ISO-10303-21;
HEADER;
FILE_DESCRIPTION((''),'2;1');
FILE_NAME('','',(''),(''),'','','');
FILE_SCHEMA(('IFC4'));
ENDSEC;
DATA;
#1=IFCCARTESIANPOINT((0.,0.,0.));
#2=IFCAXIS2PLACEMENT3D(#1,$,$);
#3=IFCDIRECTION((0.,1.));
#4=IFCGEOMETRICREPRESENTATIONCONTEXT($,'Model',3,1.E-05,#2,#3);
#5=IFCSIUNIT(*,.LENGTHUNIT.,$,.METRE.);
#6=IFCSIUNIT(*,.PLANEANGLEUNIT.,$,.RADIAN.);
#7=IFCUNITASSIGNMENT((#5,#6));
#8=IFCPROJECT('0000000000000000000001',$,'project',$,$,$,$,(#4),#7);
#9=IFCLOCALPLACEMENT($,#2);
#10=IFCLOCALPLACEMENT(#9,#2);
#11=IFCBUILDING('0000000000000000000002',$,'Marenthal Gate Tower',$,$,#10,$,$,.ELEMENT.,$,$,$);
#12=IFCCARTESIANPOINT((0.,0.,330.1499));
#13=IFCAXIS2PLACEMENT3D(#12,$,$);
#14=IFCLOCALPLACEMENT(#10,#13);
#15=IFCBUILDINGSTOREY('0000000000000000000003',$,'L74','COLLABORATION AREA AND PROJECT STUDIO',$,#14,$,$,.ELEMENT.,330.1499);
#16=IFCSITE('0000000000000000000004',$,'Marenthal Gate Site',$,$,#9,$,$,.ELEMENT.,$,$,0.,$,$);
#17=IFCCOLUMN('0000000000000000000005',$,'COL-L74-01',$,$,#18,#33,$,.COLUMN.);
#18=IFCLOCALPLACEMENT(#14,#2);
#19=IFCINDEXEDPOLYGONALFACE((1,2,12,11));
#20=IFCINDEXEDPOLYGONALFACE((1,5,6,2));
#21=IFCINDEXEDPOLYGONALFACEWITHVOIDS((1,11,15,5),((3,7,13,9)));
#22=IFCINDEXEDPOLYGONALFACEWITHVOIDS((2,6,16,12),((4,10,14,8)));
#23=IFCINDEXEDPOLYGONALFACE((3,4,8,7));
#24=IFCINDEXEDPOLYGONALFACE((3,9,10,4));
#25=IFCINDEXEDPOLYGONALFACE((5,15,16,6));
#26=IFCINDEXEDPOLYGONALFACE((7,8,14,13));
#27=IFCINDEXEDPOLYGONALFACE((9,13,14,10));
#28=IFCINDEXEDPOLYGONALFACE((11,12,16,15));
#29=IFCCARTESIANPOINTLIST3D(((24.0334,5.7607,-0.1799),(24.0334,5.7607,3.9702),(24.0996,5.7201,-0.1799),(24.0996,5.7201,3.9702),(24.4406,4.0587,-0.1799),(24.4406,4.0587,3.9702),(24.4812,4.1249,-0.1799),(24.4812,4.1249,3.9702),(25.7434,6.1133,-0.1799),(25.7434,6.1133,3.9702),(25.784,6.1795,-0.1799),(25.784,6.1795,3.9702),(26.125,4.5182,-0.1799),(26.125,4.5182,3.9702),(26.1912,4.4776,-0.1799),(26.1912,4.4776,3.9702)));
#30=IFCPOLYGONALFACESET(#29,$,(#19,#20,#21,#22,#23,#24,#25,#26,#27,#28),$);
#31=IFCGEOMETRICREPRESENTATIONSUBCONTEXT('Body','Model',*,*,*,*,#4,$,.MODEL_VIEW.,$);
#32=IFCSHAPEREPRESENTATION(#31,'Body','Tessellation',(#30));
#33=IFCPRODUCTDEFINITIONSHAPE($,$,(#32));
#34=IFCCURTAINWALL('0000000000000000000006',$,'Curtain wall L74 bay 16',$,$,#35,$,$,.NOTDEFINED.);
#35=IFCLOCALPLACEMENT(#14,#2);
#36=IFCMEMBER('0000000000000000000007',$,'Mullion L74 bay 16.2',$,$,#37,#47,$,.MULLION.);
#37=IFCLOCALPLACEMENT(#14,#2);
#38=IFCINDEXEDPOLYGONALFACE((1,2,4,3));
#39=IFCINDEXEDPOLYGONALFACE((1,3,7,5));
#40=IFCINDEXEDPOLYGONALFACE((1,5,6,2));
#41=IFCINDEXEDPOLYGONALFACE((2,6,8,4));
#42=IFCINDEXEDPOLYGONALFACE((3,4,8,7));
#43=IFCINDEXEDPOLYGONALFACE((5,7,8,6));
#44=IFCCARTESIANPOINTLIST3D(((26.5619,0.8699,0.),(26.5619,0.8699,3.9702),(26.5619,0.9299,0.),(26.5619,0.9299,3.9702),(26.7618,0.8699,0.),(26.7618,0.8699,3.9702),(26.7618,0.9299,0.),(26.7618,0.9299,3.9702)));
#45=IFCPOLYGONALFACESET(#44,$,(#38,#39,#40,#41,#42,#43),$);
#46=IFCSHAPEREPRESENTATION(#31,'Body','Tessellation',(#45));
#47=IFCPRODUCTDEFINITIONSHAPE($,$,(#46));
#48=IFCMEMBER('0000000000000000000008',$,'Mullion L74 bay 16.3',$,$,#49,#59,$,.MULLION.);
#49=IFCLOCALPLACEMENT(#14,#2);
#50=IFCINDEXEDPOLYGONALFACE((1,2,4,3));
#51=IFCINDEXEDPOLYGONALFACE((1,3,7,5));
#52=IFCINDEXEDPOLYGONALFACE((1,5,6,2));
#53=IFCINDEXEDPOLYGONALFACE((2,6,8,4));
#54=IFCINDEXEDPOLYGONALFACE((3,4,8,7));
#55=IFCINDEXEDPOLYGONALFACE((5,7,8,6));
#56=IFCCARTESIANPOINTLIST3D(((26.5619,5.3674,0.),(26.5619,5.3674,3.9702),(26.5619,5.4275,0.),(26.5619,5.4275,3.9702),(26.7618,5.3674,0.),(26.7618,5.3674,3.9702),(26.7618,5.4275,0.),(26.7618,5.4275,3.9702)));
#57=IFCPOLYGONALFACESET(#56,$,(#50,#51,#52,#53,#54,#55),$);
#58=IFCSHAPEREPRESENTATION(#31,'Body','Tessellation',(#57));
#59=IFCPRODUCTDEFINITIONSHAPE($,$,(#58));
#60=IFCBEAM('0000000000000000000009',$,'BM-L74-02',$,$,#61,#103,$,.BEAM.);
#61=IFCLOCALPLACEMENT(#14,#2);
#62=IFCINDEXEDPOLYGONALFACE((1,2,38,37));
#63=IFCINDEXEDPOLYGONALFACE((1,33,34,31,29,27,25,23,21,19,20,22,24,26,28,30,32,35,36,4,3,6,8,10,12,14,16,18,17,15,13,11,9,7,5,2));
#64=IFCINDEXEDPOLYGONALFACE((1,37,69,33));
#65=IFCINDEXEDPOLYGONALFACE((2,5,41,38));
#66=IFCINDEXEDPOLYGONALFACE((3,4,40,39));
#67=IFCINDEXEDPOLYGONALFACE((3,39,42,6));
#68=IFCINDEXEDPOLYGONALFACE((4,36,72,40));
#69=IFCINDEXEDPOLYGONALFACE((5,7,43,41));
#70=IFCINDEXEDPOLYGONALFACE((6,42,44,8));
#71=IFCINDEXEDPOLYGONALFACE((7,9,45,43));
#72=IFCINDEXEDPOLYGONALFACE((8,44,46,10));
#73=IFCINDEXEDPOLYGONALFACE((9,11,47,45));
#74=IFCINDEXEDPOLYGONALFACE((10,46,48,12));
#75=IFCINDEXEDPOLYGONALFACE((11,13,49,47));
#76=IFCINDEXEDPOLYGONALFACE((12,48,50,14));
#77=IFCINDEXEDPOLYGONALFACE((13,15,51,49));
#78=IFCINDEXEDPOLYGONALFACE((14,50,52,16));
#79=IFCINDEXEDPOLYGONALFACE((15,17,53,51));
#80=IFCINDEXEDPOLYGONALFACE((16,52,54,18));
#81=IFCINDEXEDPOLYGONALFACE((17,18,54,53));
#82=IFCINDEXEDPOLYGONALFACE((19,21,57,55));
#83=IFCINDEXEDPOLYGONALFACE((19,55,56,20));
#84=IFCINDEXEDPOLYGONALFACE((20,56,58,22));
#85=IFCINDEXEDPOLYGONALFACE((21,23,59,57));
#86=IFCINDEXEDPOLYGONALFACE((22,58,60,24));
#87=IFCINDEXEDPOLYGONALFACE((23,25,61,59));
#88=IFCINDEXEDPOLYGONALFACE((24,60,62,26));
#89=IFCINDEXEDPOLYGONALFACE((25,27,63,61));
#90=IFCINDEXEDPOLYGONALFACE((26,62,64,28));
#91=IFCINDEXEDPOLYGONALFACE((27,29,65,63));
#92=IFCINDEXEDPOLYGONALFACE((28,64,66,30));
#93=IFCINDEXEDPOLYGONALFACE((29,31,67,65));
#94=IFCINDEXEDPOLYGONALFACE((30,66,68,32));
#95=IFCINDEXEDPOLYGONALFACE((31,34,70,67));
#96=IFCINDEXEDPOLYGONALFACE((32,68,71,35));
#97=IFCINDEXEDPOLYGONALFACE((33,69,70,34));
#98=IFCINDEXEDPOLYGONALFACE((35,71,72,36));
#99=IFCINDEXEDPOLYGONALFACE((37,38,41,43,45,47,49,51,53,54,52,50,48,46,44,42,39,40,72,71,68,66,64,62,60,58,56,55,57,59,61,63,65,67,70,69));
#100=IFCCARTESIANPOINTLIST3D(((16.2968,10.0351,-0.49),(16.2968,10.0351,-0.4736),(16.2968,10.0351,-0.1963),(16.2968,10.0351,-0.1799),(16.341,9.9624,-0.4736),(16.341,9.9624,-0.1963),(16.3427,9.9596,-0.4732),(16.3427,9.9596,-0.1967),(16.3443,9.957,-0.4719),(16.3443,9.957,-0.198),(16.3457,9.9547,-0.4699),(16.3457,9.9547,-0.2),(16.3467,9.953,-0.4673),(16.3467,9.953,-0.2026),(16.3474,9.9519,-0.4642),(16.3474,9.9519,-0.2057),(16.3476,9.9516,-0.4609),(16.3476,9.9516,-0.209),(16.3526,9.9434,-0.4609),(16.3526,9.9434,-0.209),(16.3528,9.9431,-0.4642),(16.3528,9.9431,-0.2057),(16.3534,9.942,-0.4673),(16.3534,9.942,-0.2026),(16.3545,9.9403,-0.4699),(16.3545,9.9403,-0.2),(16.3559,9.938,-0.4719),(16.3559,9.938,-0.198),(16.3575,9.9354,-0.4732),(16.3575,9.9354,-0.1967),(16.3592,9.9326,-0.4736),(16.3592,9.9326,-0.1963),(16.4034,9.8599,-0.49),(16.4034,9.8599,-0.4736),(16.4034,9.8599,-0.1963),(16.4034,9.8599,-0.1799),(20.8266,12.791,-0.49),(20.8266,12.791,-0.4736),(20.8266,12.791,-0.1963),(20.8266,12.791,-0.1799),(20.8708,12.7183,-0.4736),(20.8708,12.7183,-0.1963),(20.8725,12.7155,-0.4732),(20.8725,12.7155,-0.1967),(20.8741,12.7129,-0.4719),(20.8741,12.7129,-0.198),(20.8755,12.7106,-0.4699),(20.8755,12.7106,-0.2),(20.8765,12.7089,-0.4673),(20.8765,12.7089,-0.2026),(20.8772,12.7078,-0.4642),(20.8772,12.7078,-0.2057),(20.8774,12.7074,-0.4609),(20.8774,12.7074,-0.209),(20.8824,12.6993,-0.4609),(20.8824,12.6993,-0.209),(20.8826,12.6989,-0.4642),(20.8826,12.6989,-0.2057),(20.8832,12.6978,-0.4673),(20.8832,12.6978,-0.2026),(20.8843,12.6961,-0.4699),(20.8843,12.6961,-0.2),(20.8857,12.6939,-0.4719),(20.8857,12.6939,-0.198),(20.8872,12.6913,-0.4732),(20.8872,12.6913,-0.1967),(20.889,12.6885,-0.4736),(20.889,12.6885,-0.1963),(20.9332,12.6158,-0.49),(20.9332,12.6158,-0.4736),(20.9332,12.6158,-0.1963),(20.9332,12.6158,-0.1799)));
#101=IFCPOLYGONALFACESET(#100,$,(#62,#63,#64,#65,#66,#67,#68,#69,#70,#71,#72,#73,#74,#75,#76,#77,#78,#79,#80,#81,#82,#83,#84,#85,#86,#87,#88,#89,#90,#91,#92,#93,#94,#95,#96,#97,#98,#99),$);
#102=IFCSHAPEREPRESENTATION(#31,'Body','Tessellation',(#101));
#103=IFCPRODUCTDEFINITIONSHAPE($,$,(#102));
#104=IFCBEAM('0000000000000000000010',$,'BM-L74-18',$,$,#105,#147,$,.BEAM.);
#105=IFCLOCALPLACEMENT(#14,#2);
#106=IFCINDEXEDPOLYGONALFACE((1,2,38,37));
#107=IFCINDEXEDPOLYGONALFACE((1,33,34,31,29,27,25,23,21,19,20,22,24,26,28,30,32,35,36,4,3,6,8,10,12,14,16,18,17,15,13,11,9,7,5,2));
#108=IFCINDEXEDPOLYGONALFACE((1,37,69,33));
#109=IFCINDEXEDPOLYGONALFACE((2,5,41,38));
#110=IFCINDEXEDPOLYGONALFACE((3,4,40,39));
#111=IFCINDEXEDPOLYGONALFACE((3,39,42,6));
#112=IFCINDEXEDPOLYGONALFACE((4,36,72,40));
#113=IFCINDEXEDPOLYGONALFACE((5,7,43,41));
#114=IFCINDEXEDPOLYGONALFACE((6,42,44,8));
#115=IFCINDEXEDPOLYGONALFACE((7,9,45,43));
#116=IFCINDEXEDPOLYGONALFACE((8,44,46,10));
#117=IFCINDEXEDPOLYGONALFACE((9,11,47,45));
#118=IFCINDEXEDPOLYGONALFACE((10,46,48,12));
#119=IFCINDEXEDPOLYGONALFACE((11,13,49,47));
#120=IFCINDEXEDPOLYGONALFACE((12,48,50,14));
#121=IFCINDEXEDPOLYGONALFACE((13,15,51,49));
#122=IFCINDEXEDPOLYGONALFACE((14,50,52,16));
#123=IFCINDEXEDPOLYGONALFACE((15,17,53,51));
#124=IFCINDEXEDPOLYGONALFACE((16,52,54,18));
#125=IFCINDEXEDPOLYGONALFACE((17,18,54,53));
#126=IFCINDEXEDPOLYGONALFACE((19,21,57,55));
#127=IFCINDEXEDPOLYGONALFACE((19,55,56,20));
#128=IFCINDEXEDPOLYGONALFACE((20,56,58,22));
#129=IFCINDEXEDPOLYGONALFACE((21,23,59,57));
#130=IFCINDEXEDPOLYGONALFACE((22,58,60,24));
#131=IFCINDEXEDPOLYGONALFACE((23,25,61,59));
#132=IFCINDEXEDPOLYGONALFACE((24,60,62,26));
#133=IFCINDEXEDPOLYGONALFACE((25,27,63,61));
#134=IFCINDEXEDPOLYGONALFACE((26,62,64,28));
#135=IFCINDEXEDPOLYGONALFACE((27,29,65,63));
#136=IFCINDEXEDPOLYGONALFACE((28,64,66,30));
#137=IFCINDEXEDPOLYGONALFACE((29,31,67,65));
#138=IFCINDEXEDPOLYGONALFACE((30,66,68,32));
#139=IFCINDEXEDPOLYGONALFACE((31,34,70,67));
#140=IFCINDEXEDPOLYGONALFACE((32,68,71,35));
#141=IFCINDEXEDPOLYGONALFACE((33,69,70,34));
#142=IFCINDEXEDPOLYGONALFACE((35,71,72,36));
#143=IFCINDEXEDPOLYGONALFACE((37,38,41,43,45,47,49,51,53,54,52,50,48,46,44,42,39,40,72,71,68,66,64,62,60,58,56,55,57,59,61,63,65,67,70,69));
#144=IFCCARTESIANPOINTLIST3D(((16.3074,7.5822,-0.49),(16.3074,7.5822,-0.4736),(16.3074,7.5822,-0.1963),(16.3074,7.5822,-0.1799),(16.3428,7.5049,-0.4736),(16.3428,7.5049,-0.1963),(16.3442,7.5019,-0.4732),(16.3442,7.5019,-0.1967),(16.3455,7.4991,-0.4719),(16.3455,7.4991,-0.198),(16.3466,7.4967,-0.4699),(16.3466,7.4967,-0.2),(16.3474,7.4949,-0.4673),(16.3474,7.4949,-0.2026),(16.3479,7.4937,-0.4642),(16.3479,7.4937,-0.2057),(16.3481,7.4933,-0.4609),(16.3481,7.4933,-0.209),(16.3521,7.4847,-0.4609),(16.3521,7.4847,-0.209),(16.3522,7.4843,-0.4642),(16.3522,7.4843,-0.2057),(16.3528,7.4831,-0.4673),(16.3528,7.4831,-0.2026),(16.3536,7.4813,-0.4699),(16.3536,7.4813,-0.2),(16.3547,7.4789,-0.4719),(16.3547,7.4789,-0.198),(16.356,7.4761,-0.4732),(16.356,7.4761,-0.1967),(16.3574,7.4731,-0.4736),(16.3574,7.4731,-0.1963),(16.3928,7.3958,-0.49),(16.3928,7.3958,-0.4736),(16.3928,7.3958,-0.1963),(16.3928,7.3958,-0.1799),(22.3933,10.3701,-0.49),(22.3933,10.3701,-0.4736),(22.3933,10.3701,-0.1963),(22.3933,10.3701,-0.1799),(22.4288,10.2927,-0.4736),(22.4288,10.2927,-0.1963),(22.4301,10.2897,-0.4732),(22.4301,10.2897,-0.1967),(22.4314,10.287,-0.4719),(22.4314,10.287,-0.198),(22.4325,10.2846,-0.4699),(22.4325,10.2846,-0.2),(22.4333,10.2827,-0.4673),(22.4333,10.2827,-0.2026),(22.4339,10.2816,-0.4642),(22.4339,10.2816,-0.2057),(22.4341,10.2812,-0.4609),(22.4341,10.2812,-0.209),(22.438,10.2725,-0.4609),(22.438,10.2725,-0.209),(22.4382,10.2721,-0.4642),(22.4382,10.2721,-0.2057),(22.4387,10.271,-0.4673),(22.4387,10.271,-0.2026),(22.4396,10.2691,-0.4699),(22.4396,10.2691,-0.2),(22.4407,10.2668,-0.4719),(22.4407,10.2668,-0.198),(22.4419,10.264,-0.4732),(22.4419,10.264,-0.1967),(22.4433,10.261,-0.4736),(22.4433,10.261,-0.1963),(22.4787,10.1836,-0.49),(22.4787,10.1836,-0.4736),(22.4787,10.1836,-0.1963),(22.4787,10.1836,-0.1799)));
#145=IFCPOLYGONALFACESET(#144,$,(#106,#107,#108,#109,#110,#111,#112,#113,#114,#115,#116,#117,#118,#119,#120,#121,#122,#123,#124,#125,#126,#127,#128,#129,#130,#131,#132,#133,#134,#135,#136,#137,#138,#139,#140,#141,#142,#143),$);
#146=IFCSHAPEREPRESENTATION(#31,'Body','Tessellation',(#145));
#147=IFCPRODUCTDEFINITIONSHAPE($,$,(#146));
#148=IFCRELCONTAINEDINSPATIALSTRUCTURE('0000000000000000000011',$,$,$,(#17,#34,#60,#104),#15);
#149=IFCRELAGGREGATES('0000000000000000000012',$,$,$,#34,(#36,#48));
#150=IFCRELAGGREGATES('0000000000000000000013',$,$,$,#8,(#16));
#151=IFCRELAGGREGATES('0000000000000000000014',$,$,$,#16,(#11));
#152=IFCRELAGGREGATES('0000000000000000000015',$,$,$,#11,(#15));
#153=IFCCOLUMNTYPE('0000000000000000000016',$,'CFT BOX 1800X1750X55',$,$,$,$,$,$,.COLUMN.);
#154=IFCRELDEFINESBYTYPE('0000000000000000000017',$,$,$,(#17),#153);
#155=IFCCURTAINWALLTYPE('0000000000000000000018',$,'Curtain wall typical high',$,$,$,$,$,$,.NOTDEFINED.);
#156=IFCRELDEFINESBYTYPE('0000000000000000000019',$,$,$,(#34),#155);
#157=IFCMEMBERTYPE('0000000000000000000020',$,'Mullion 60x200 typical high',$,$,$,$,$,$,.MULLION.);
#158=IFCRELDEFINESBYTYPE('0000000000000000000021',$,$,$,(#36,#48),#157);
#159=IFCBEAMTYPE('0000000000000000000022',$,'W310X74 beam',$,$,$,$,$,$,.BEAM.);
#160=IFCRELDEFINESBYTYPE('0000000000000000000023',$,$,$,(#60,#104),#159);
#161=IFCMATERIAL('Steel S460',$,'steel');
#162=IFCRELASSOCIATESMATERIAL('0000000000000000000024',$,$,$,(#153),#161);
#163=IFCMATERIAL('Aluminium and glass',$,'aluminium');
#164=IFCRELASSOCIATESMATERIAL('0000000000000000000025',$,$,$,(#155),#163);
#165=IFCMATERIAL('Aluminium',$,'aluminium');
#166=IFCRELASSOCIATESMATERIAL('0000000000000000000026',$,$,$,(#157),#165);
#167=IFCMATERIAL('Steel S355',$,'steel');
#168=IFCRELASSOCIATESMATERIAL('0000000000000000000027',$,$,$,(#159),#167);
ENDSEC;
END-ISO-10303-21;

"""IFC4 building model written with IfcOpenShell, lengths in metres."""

from ifc_helpers import new_model, si_unit, direction, frame, origin, origin_2d, place, context, subcontext, project, spatial, rectangle, hollow_rectangle, i_section, extrude, material, material_profile, profile_set, type_object, element, aggregate, save


model = new_model("IFC4")

# Units and contexts
model_context = context("Model", 3, precision=1e-05, world=origin(), true_north=direction((0.0, 1.0)))
body_context = subcontext(model_context, "Body", "Model", "MODEL_VIEW")
ifc_project = project(units=[si_unit("LENGTHUNIT", "METRE"), si_unit("PLANEANGLEUNIT", "RADIAN")], contexts=[model_context])

# Site, building, storey
site_placement = place(None, origin())
site = spatial("IfcSite", under=ifc_project, at=site_placement, Name="Marenthal Gate Site", CompositionType="ELEMENT", RefElevation=0.0)
building_placement = place(site_placement, origin())
building = spatial("IfcBuilding", under=site, at=building_placement, Name="Marenthal Gate Tower", CompositionType="ELEMENT")
storey_placement = place(building_placement, frame((0.0, 0.0, 330.1499)))
storey = spatial("IfcBuildingStorey", under=building, at=storey_placement, Name="L74", Description="COLLABORATION AREA AND PROJECT STUDIO", CompositionType="ELEMENT", Elevation=330.1499)

# Column
ifc_material_1 = material(Name="Steel S460", Category="steel")
ifc_material_profile_1 = material_profile(ifc_material_1, hollow_rectangle(XDim=1.75, YDim=1.8, WallThickness=0.0549, at=origin_2d()), Name="CFT BOX 1800X1750X55")
ifc_material_2 = material(Name="Concrete 70 MPa", Category="concrete")
ifc_material_profile_2 = material_profile(ifc_material_2, rectangle(XDim=1.6399, YDim=1.6899, at=origin_2d()), Name="CFT BOX 1800X1750X55 INFILL")
ifc_profile_set_1 = profile_set([ifc_material_profile_1, ifc_material_profile_2], Name="Steel S460 shell, Concrete 70 MPa infill")
column_type = type_object("IfcColumnType", Name="CFT BOX 1800X1750X55", PredefinedType="COLUMN", material=ifc_profile_set_1)
column_placement = place(storey_placement, frame((25.1123, 5.1191, -0.1799), z_axis=(0.0, 0.0, 1.0), x_axis=(0.232677, -0.972554, 0.0)))
element("IfcColumn", 1, at=column_placement, inside=storey, type_object=column_type, Name="COL-L74-01", PredefinedType="COLUMN", context=body_context, shape_type="SweptSolid", body=[
    extrude(hollow_rectangle(XDim=1.75, YDim=1.8, WallThickness=0.0549, at=origin_2d()), origin(), (0.0, 0.0, 1.0), 4.1501),
])

# Curtain wall, members
ifc_material_3 = material(Name="Aluminium and glass", Category="aluminium")
curtain_wall_type = type_object("IfcCurtainWallType", Name="Curtain wall typical high", PredefinedType="NOTDEFINED", material=ifc_material_3)
curtain_wall_placement = place(storey_placement, origin())
curtain_wall = element("IfcCurtainWall", 2, at=curtain_wall_placement, inside=storey, type_object=curtain_wall_type, Name="Curtain wall L74 bay 16", PredefinedType="NOTDEFINED")
ifc_material_4 = material(Name="Aluminium", Category="aluminium")
ifc_material_profile_3 = material_profile(ifc_material_4, rectangle(XDim=0.2, YDim=0.0601, at=origin_2d()), Name="60x200 aluminium mullion")
ifc_profile_set_2 = profile_set([ifc_material_profile_3], Name="Aluminium")
member_type = type_object("IfcMemberType", Name="Mullion 60x200 typical high", PredefinedType="MULLION", material=ifc_profile_set_2)
member_1_placement = place(storey_placement, frame((26.6619, 0.8999, 0.0), z_axis=(0.0, 0.0, 1.0), x_axis=(-1.0, 0.0, 0.0)))
member_1 = element("IfcMember", 3, at=member_1_placement, type_object=member_type, Name="Mullion L74 bay 16.2", PredefinedType="MULLION", context=body_context, shape_type="SweptSolid", body=[
    extrude(rectangle(XDim=0.2, YDim=0.0601, at=origin_2d()), origin(), (0.0, 0.0, 1.0), 3.9702),
])
member_2_placement = place(storey_placement, frame((26.6619, 5.3975, 0.0), z_axis=(0.0, 0.0, 1.0), x_axis=(-1.0, 0.0, 0.0)))
member_2 = element("IfcMember", 4, at=member_2_placement, type_object=member_type, Name="Mullion L74 bay 16.3", PredefinedType="MULLION", context=body_context, shape_type="SweptSolid", body=[
    extrude(rectangle(XDim=0.2, YDim=0.0601, at=origin_2d()), origin(), (0.0, 0.0, 1.0), 3.9702),
])

# Beams
ifc_material_5 = material(Name="Steel S355", Category="steel")
ifc_material_profile_4 = material_profile(ifc_material_5, i_section(OverallWidth=0.2051, OverallDepth=0.3101, WebThickness=0.0095, FlangeThickness=0.0164, FilletRadius=0.0127, at=origin_2d()), Name="W310X74")
ifc_profile_set_3 = profile_set([ifc_material_profile_4], Name="Steel S355")
beam_type_1 = type_object("IfcBeamType", Name="W310X74 beam", PredefinedType="BEAM", material=ifc_profile_set_3)
beam_1_placement = place(storey_placement, frame((20.8799, 12.7034, -0.335), z_axis=(-0.854316, -0.519754, 0.0), x_axis=(0.519754, -0.854316, 0.0)))
element("IfcBeam", 5, at=beam_1_placement, inside=storey, type_object=beam_type_1, Name="BM-L74-02", PredefinedType="BEAM", context=body_context, shape_type="SweptSolid", body=[
    extrude(i_section(OverallWidth=0.2051, OverallDepth=0.3101, WebThickness=0.0095, FlangeThickness=0.0164, FilletRadius=0.0127, at=origin_2d()), origin(), (0.0, 0.0, 1.0), 5.3022),
])
beam_2_placement = place(storey_placement, frame((22.436, 10.2769, -0.335), z_axis=(-0.909152, -0.416464, 0.0), x_axis=(0.416464, -0.909152, 0.0)))
element("IfcBeam", 6, at=beam_2_placement, inside=storey, type_object=beam_type_1, Name="BM-L74-18", PredefinedType="BEAM", context=body_context, shape_type="SweptSolid", body=[
    extrude(i_section(OverallWidth=0.2051, OverallDepth=0.3101, WebThickness=0.0095, FlangeThickness=0.0164, FilletRadius=0.0127, at=origin_2d()), origin(), (0.0, 0.0, 1.0), 6.6941),
])

aggregate(curtain_wall, [member_1, member_2])

save(model, "model.ifc")
